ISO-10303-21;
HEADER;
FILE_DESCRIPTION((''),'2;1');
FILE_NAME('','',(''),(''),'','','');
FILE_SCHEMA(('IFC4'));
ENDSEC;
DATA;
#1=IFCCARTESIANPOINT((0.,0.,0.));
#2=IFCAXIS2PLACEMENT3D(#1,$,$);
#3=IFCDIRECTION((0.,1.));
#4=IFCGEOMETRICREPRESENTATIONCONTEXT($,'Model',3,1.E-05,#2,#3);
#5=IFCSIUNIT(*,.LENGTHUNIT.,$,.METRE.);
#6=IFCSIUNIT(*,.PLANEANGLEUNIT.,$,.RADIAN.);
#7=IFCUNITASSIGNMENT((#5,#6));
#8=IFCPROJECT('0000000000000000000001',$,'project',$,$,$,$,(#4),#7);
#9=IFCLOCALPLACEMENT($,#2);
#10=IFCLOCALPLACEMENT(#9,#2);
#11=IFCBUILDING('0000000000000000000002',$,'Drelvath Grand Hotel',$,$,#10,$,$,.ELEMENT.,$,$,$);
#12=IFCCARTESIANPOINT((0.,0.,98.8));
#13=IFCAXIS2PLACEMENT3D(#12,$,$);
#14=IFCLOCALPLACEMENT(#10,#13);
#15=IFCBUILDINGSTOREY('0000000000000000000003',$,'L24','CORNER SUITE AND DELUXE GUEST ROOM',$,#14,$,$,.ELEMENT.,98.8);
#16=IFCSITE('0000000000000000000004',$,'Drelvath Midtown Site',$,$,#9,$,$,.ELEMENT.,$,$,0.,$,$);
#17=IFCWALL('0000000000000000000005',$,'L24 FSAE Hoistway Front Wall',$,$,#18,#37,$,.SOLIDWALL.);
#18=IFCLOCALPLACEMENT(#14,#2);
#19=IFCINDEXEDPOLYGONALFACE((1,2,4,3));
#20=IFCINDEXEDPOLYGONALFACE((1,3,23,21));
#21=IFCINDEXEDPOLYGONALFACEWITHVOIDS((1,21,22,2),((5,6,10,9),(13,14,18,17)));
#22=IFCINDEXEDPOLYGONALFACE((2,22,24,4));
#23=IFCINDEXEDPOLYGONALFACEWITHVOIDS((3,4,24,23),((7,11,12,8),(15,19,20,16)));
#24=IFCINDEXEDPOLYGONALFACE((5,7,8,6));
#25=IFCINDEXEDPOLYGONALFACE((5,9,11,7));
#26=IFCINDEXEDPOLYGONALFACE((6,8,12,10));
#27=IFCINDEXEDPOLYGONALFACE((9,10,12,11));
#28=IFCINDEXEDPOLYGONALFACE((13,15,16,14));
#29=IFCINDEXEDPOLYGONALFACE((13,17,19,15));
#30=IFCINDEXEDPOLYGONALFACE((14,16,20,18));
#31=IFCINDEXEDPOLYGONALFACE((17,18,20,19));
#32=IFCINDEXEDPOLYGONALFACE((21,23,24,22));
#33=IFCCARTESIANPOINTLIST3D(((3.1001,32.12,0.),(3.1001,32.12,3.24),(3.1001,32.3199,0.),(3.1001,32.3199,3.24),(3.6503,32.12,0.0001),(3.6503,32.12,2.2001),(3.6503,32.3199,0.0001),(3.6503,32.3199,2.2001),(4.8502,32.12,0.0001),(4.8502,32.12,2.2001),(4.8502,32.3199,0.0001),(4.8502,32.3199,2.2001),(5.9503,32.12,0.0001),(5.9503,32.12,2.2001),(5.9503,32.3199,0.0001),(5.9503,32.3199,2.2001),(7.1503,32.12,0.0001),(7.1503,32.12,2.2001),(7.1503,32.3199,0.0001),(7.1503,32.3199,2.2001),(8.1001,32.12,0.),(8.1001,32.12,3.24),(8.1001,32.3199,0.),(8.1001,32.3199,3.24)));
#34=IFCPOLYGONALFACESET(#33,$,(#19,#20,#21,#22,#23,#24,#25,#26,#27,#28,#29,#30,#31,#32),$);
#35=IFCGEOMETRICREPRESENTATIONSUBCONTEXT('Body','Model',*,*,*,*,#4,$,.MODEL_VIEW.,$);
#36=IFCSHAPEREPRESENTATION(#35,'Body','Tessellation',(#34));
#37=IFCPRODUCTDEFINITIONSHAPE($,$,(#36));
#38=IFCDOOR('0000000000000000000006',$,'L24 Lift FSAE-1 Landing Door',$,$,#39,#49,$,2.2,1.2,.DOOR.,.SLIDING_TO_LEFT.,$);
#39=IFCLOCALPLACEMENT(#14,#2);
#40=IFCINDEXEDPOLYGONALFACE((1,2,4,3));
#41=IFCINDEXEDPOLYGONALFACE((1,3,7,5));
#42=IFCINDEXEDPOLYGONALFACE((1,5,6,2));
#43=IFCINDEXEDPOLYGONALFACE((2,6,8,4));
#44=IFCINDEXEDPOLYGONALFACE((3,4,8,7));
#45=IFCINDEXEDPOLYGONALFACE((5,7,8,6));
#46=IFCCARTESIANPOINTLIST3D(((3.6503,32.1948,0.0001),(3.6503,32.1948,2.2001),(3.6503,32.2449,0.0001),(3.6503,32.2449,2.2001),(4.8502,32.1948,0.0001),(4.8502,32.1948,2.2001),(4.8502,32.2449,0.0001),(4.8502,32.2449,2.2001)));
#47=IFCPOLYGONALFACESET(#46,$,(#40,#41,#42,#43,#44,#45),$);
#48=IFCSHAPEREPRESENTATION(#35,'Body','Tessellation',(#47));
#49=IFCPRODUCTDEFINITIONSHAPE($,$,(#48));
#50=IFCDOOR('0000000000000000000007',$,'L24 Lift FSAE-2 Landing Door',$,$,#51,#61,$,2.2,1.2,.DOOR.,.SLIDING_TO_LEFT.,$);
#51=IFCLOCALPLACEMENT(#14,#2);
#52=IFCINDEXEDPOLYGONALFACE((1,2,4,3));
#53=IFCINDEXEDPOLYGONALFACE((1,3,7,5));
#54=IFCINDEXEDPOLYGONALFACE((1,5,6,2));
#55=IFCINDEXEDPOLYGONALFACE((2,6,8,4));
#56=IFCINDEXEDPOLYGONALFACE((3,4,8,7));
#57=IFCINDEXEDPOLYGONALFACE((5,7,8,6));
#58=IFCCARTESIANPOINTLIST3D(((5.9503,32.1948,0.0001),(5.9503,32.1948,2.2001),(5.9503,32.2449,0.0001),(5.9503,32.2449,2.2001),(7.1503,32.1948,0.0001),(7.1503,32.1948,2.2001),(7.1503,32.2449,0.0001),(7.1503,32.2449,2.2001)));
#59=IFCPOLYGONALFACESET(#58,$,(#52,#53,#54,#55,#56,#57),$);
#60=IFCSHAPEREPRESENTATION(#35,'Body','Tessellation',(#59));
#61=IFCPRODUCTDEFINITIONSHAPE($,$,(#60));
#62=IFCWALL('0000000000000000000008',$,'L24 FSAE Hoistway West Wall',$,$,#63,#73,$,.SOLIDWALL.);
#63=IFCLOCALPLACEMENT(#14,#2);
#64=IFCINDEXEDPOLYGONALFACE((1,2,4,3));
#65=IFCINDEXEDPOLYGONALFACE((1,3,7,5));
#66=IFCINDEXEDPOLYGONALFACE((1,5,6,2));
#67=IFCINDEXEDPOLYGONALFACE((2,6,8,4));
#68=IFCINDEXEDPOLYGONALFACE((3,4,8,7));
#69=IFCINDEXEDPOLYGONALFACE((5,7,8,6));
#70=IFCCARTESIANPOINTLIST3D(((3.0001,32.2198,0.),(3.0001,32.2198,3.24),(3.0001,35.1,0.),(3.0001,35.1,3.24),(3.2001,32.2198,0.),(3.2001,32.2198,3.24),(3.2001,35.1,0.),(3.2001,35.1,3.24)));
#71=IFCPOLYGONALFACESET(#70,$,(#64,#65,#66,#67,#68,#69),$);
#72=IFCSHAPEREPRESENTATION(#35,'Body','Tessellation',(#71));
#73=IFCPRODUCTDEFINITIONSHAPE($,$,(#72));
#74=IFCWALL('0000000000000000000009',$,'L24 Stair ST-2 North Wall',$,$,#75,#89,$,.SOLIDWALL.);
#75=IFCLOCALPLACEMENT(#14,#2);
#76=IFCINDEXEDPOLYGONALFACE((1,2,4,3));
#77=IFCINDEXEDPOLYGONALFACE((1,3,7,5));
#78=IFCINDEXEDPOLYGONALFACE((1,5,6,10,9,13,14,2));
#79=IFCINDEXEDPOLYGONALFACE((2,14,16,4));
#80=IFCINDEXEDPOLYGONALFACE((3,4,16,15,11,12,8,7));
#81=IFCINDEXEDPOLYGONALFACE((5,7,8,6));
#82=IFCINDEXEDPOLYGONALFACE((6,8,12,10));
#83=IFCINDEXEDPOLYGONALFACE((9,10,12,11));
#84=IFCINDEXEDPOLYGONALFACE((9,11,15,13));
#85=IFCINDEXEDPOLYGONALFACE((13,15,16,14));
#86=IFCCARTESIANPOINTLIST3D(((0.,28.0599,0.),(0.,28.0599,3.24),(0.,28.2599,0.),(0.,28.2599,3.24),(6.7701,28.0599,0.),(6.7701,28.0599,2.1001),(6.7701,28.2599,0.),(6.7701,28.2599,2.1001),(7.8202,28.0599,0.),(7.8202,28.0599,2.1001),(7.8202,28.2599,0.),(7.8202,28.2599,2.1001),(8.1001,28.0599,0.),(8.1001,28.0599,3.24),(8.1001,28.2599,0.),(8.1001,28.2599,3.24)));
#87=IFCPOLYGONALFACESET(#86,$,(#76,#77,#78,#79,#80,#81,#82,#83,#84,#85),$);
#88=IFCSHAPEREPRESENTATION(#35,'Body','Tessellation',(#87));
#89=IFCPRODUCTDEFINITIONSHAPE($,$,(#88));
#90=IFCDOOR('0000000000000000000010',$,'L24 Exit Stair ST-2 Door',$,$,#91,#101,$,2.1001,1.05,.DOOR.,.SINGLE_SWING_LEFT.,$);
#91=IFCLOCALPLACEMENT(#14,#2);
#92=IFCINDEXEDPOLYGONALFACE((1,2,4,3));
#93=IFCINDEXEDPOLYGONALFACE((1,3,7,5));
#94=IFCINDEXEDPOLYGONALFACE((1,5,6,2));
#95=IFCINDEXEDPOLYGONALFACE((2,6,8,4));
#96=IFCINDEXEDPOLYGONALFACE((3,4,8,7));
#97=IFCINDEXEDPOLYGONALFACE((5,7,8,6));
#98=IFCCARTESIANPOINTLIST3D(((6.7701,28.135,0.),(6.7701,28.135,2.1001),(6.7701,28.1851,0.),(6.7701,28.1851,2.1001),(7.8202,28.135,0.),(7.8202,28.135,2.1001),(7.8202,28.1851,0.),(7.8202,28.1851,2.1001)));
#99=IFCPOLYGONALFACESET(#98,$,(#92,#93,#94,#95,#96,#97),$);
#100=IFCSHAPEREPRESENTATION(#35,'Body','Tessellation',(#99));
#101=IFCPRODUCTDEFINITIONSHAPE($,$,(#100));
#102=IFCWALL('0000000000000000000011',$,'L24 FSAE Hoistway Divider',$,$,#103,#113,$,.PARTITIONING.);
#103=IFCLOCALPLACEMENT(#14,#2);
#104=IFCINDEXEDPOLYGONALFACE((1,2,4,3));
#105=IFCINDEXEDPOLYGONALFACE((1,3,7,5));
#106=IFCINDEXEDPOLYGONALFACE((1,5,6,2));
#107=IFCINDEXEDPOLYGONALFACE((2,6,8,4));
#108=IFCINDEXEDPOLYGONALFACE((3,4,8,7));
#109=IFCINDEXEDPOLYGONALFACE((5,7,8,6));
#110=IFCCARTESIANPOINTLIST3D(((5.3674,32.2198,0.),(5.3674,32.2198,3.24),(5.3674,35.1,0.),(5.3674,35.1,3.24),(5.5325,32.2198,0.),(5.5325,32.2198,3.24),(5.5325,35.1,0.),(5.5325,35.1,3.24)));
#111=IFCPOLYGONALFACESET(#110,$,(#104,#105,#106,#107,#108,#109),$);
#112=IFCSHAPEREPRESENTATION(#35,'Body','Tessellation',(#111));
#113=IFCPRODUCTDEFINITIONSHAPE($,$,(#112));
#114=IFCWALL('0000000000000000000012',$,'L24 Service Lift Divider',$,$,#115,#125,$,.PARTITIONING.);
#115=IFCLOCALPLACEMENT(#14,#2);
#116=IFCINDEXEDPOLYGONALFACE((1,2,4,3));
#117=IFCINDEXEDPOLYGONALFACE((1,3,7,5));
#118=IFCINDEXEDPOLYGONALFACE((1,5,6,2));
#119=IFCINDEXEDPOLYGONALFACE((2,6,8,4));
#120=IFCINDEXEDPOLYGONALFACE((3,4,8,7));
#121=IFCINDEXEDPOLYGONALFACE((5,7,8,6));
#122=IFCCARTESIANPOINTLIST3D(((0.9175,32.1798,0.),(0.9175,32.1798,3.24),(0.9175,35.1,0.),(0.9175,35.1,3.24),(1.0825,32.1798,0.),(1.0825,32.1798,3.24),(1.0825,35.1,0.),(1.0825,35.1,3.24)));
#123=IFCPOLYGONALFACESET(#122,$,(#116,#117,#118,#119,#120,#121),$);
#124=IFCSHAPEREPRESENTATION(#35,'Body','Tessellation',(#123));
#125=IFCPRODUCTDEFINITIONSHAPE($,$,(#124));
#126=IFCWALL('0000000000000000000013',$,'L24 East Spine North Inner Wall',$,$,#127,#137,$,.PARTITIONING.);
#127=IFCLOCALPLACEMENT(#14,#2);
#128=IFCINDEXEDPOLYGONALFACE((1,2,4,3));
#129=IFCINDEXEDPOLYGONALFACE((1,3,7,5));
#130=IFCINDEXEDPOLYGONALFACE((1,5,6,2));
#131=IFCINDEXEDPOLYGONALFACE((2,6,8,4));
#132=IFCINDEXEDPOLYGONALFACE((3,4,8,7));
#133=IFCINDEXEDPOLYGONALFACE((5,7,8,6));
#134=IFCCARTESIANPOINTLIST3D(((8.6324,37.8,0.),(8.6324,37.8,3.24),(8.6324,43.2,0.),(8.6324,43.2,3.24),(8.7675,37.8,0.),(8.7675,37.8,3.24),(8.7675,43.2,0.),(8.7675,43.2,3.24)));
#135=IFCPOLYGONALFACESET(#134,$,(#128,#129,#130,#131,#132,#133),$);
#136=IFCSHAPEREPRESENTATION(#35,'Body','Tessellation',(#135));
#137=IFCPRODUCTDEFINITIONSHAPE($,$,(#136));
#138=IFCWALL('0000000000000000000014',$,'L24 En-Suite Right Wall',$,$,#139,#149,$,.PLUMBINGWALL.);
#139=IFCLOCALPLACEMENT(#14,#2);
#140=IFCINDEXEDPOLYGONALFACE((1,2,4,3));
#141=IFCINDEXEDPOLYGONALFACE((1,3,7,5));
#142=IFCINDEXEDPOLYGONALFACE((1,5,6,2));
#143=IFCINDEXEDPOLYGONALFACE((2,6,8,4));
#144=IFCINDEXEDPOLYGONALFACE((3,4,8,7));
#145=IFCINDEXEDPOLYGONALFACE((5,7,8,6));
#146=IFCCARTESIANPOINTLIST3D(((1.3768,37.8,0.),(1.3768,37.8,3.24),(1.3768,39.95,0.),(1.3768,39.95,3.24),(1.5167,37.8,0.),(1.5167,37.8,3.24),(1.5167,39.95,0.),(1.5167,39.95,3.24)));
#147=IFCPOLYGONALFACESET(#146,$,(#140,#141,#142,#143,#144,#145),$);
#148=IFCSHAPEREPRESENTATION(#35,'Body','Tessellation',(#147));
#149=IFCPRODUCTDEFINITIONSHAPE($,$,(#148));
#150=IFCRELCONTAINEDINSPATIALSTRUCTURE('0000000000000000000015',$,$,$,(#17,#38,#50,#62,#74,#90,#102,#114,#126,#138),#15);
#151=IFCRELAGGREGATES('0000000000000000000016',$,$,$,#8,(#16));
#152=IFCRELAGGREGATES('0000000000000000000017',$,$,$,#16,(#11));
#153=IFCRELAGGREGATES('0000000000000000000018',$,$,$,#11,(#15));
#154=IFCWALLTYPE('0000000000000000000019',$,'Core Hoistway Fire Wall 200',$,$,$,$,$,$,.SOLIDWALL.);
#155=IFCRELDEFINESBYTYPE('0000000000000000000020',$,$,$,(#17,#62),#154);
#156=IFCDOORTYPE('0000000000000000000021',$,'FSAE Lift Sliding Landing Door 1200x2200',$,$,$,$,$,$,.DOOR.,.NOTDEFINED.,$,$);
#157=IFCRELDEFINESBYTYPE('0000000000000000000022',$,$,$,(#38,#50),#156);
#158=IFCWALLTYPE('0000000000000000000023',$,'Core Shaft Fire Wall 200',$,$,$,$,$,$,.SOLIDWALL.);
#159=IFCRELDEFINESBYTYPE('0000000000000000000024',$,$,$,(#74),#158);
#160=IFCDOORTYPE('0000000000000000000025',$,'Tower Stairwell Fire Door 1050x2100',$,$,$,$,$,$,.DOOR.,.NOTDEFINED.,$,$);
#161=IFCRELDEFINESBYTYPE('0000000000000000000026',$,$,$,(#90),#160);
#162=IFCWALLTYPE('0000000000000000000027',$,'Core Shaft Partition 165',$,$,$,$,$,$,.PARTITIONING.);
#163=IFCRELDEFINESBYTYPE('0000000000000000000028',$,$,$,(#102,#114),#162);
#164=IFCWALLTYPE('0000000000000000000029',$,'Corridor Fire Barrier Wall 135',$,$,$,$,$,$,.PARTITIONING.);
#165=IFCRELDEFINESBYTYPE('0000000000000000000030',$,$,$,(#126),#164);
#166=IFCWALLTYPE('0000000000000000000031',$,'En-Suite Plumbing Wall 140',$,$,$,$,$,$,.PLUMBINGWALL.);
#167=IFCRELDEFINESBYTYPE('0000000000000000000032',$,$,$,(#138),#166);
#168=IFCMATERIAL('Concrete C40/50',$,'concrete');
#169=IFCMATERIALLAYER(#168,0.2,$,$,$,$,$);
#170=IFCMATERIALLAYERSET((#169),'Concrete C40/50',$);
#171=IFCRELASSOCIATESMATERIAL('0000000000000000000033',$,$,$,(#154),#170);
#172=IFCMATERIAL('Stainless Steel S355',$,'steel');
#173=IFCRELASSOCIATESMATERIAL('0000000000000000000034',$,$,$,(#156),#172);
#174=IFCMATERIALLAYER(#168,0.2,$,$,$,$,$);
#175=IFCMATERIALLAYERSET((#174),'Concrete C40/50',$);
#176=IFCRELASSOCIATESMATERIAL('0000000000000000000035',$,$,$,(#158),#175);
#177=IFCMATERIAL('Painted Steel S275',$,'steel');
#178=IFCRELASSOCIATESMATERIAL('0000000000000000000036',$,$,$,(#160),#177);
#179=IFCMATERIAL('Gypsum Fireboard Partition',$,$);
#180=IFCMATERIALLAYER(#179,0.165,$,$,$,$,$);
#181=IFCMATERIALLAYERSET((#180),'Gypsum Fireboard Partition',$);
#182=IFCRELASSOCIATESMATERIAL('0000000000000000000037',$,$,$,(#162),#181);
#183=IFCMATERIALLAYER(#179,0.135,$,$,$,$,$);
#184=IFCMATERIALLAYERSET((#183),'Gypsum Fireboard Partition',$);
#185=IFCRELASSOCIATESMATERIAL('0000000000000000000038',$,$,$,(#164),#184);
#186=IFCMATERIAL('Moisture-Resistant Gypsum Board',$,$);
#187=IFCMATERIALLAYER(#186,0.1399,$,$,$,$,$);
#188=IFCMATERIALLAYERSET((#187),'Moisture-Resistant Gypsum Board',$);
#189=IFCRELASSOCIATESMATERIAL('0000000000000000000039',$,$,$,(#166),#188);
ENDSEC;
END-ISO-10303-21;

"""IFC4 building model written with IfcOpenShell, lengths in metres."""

from ifc_helpers import new_model, si_unit, direction, frame, frame_2d, origin, place, context, subcontext, project, spatial, rectangle, extrude, material, layer, layer_set, type_object, element, fill, save


model = new_model("IFC4")

# Units and contexts
model_context = context("Model", 3, precision=1e-05, world=origin(), true_north=direction((0.0, 1.0)))
body_context = subcontext(model_context, "Body", "Model", "MODEL_VIEW")
ifc_project = project(units=[si_unit("LENGTHUNIT", "METRE"), si_unit("PLANEANGLEUNIT", "RADIAN")], contexts=[model_context])

# Site, building, storey
site_placement = place(None, origin())
site = spatial("IfcSite", under=ifc_project, at=site_placement, Name="Drelvath Midtown Site", CompositionType="ELEMENT", RefElevation=0.0)
building_placement = place(site_placement, origin())
building = spatial("IfcBuilding", under=site, at=building_placement, Name="Drelvath Grand Hotel", CompositionType="ELEMENT")
storey_placement = place(building_placement, frame((0.0, 0.0, 98.8)))
storey = spatial("IfcBuildingStorey", under=building, at=storey_placement, Name="L24", Description="CORNER SUITE AND DELUXE GUEST ROOM", CompositionType="ELEMENT", Elevation=98.8)

# Wall, openings, doors
ifc_material_1 = material(Name="Concrete C40/50", Category="concrete")
ifc_layer_1 = layer(ifc_material_1, 0.2)
ifc_layer_set_1 = layer_set([ifc_layer_1], Name="Concrete C40/50")
wall_type_1 = type_object("IfcWallType", Name="Core Hoistway Fire Wall 200", PredefinedType="SOLIDWALL", material=ifc_layer_set_1)
wall_1_placement = place(storey_placement, frame((3.1001, 32.22, 0.0), z_axis=(0.0, 0.0, 1.0), x_axis=(1.0, 0.0, 0.0)))
wall_1 = element("IfcWall", 1, at=wall_1_placement, inside=storey, type_object=wall_type_1, Name="L24 FSAE Hoistway Front Wall", PredefinedType="SOLIDWALL", context=body_context, shape_type="SweptSolid", body=[
    extrude(rectangle(XDim=5.0, YDim=0.2, at=frame_2d((2.5, 0.0))), origin(), (0.0, 0.0, 1.0), 3.24),
])
opening_1_placement = place(wall_1_placement, frame((0.55, 0.0, 0.0)))
opening_1 = element("IfcOpeningElement", 2, at=opening_1_placement, cuts=wall_1, PredefinedType="OPENING", context=body_context, shape_type="SweptSolid", body=[
    extrude(rectangle(XDim=1.2, YDim=2.2, at=frame_2d((0.6001, 1.1001))), frame((0.0, 0.1099, 0.0), z_axis=(0.0, -1.0, 0.0), x_axis=(1.0, 0.0, 0.0)), (0.0, 0.0, 1.0), 0.22),
])
opening_2_placement = place(wall_1_placement, frame((2.8501, 0.0, 0.0)))
opening_2 = element("IfcOpeningElement", 3, at=opening_2_placement, cuts=wall_1, PredefinedType="OPENING", context=body_context, shape_type="SweptSolid", body=[
    extrude(rectangle(XDim=1.2, YDim=2.2, at=frame_2d((0.6001, 1.1001))), frame((0.0, 0.1099, 0.0), z_axis=(0.0, -1.0, 0.0), x_axis=(1.0, 0.0, 0.0)), (0.0, 0.0, 1.0), 0.22),
])
ifc_material_2 = material(Name="Stainless Steel S355", Category="steel")
door_type_1 = type_object("IfcDoorType", Name="FSAE Lift Sliding Landing Door 1200x2200", OperationType="NOTDEFINED", PredefinedType="DOOR", material=ifc_material_2)
door_1_placement = place(opening_1_placement, origin())
door_1 = element("IfcDoor", 4, at=door_1_placement, inside=storey, type_object=door_type_1, Name="L24 Lift FSAE-1 Landing Door", OperationType="SLIDING_TO_LEFT", OverallHeight=2.2, OverallWidth=1.2, PredefinedType="DOOR", context=body_context, shape_type="SweptSolid", body=[
    extrude(rectangle(XDim=1.2, YDim=2.2, at=frame_2d((0.6001, 1.1001))), frame((0.0, 0.0249, 0.0), z_axis=(0.0, -1.0, 0.0), x_axis=(1.0, 0.0, 0.0)), (0.0, 0.0, 1.0), 0.05),
])
fill(opening_1, door_1)
door_2_placement = place(opening_2_placement, origin())
door_2 = element("IfcDoor", 5, at=door_2_placement, inside=storey, type_object=door_type_1, Name="L24 Lift FSAE-2 Landing Door", OperationType="SLIDING_TO_LEFT", OverallHeight=2.2, OverallWidth=1.2, PredefinedType="DOOR", context=body_context, shape_type="SweptSolid", body=[
    extrude(rectangle(XDim=1.2, YDim=2.2, at=frame_2d((0.6001, 1.1001))), frame((0.0, 0.0249, 0.0), z_axis=(0.0, -1.0, 0.0), x_axis=(1.0, 0.0, 0.0)), (0.0, 0.0, 1.0), 0.05),
])
fill(opening_2, door_2)

# Wall
wall_2_placement = place(storey_placement, frame((3.1001, 32.22, 0.0), z_axis=(0.0, 0.0, 1.0), x_axis=(0.0, 1.0, 0.0)))
element("IfcWall", 6, at=wall_2_placement, inside=storey, type_object=wall_type_1, Name="L24 FSAE Hoistway West Wall", PredefinedType="SOLIDWALL", context=body_context, shape_type="SweptSolid", body=[
    extrude(rectangle(XDim=2.8801, YDim=0.2, at=frame_2d((1.4399, 0.0))), origin(), (0.0, 0.0, 1.0), 3.24),
])

# Wall, opening, door
ifc_layer_2 = layer(ifc_material_1, 0.2)
ifc_layer_set_2 = layer_set([ifc_layer_2], Name="Concrete C40/50")
wall_type_2 = type_object("IfcWallType", Name="Core Shaft Fire Wall 200", PredefinedType="SOLIDWALL", material=ifc_layer_set_2)
wall_3_placement = place(storey_placement, frame((8.1001, 28.1599, 0.0), z_axis=(0.0, 0.0, 1.0), x_axis=(-1.0, 0.0, 0.0)))
wall_3 = element("IfcWall", 7, at=wall_3_placement, inside=storey, type_object=wall_type_2, Name="L24 Stair ST-2 North Wall", PredefinedType="SOLIDWALL", context=body_context, shape_type="SweptSolid", body=[
    extrude(rectangle(XDim=8.1001, YDim=0.2, at=frame_2d((4.05, 0.0))), origin(), (0.0, 0.0, 1.0), 3.24),
])
opening_3_placement = place(wall_3_placement, frame((0.28, 0.0, 0.0)))
opening_3 = element("IfcOpeningElement", 8, at=opening_3_placement, cuts=wall_3, PredefinedType="OPENING", context=body_context, shape_type="SweptSolid", body=[
    extrude(rectangle(XDim=1.05, YDim=2.1001, at=frame_2d((0.5249, 1.05))), frame((0.0, 0.1099, 0.0), z_axis=(0.0, -1.0, 0.0), x_axis=(1.0, 0.0, 0.0)), (0.0, 0.0, 1.0), 0.22),
])
ifc_material_3 = material(Name="Painted Steel S275", Category="steel")
door_type_2 = type_object("IfcDoorType", Name="Tower Stairwell Fire Door 1050x2100", OperationType="NOTDEFINED", PredefinedType="DOOR", material=ifc_material_3)
door_3_placement = place(opening_3_placement, origin())
door_3 = element("IfcDoor", 9, at=door_3_placement, inside=storey, type_object=door_type_2, Name="L24 Exit Stair ST-2 Door", OperationType="SINGLE_SWING_LEFT", OverallHeight=2.1001, OverallWidth=1.05, PredefinedType="DOOR", context=body_context, shape_type="SweptSolid", body=[
    extrude(rectangle(XDim=1.05, YDim=2.1001, at=frame_2d((0.5249, 1.05))), frame((0.0, 0.0249, 0.0), z_axis=(0.0, -1.0, 0.0), x_axis=(1.0, 0.0, 0.0)), (0.0, 0.0, 1.0), 0.05),
])
fill(opening_3, door_3)

# Walls
ifc_material_4 = material(Name="Gypsum Fireboard Partition")
ifc_layer_3 = layer(ifc_material_4, 0.165)
ifc_layer_set_3 = layer_set([ifc_layer_3], Name="Gypsum Fireboard Partition")
wall_type_3 = type_object("IfcWallType", Name="Core Shaft Partition 165", PredefinedType="PARTITIONING", material=ifc_layer_set_3)
wall_4_placement = place(storey_placement, frame((5.45, 32.22, 0.0), z_axis=(0.0, 0.0, 1.0), x_axis=(0.0, 1.0, 0.0)))
element("IfcWall", 10, at=wall_4_placement, inside=storey, type_object=wall_type_3, Name="L24 FSAE Hoistway Divider", PredefinedType="PARTITIONING", context=body_context, shape_type="SweptSolid", body=[
    extrude(rectangle(XDim=2.8801, YDim=0.165, at=frame_2d((1.4399, 0.0))), origin(), (0.0, 0.0, 1.0), 3.24),
])
wall_5_placement = place(storey_placement, frame((1.0, 32.1799, 0.0), z_axis=(0.0, 0.0, 1.0), x_axis=(0.0, 1.0, 0.0)))
element("IfcWall", 11, at=wall_5_placement, inside=storey, type_object=wall_type_3, Name="L24 Service Lift Divider", PredefinedType="PARTITIONING", context=body_context, shape_type="SweptSolid", body=[
    extrude(rectangle(XDim=2.9202, YDim=0.165, at=frame_2d((1.46, 0.0))), origin(), (0.0, 0.0, 1.0), 3.24),
])
ifc_layer_4 = layer(ifc_material_4, 0.135)
ifc_layer_set_4 = layer_set([ifc_layer_4], Name="Gypsum Fireboard Partition")
wall_type_4 = type_object("IfcWallType", Name="Corridor Fire Barrier Wall 135", PredefinedType="PARTITIONING", material=ifc_layer_set_4)
wall_6_placement = place(storey_placement, frame((8.7, 37.8, 0.0), z_axis=(0.0, 0.0, 1.0), x_axis=(0.0, 1.0, 0.0)))
element("IfcWall", 12, at=wall_6_placement, inside=storey, type_object=wall_type_4, Name="L24 East Spine North Inner Wall", PredefinedType="PARTITIONING", context=body_context, shape_type="SweptSolid", body=[
    extrude(rectangle(XDim=5.3999, YDim=0.135, at=frame_2d((2.7, 0.0))), origin(), (0.0, 0.0, 1.0), 3.24),
])
ifc_material_5 = material(Name="Moisture-Resistant Gypsum Board")
ifc_layer_5 = layer(ifc_material_5, 0.1399)
ifc_layer_set_5 = layer_set([ifc_layer_5], Name="Moisture-Resistant Gypsum Board")
wall_type_5 = type_object("IfcWallType", Name="En-Suite Plumbing Wall 140", PredefinedType="PLUMBINGWALL", material=ifc_layer_set_5)
wall_7_placement = place(storey_placement, frame((1.4468, 37.8, 0.0), z_axis=(0.0, 0.0, 1.0), x_axis=(0.0, 1.0, 0.0)))
element("IfcWall", 13, at=wall_7_placement, inside=storey, type_object=wall_type_5, Name="L24 En-Suite Right Wall", PredefinedType="PLUMBINGWALL", context=body_context, shape_type="SweptSolid", body=[
    extrude(rectangle(XDim=2.1499, YDim=0.1399, at=frame_2d((1.075, 0.0))), origin(), (0.0, 0.0, 1.0), 3.24),
])

save(model, "model.ifc")
